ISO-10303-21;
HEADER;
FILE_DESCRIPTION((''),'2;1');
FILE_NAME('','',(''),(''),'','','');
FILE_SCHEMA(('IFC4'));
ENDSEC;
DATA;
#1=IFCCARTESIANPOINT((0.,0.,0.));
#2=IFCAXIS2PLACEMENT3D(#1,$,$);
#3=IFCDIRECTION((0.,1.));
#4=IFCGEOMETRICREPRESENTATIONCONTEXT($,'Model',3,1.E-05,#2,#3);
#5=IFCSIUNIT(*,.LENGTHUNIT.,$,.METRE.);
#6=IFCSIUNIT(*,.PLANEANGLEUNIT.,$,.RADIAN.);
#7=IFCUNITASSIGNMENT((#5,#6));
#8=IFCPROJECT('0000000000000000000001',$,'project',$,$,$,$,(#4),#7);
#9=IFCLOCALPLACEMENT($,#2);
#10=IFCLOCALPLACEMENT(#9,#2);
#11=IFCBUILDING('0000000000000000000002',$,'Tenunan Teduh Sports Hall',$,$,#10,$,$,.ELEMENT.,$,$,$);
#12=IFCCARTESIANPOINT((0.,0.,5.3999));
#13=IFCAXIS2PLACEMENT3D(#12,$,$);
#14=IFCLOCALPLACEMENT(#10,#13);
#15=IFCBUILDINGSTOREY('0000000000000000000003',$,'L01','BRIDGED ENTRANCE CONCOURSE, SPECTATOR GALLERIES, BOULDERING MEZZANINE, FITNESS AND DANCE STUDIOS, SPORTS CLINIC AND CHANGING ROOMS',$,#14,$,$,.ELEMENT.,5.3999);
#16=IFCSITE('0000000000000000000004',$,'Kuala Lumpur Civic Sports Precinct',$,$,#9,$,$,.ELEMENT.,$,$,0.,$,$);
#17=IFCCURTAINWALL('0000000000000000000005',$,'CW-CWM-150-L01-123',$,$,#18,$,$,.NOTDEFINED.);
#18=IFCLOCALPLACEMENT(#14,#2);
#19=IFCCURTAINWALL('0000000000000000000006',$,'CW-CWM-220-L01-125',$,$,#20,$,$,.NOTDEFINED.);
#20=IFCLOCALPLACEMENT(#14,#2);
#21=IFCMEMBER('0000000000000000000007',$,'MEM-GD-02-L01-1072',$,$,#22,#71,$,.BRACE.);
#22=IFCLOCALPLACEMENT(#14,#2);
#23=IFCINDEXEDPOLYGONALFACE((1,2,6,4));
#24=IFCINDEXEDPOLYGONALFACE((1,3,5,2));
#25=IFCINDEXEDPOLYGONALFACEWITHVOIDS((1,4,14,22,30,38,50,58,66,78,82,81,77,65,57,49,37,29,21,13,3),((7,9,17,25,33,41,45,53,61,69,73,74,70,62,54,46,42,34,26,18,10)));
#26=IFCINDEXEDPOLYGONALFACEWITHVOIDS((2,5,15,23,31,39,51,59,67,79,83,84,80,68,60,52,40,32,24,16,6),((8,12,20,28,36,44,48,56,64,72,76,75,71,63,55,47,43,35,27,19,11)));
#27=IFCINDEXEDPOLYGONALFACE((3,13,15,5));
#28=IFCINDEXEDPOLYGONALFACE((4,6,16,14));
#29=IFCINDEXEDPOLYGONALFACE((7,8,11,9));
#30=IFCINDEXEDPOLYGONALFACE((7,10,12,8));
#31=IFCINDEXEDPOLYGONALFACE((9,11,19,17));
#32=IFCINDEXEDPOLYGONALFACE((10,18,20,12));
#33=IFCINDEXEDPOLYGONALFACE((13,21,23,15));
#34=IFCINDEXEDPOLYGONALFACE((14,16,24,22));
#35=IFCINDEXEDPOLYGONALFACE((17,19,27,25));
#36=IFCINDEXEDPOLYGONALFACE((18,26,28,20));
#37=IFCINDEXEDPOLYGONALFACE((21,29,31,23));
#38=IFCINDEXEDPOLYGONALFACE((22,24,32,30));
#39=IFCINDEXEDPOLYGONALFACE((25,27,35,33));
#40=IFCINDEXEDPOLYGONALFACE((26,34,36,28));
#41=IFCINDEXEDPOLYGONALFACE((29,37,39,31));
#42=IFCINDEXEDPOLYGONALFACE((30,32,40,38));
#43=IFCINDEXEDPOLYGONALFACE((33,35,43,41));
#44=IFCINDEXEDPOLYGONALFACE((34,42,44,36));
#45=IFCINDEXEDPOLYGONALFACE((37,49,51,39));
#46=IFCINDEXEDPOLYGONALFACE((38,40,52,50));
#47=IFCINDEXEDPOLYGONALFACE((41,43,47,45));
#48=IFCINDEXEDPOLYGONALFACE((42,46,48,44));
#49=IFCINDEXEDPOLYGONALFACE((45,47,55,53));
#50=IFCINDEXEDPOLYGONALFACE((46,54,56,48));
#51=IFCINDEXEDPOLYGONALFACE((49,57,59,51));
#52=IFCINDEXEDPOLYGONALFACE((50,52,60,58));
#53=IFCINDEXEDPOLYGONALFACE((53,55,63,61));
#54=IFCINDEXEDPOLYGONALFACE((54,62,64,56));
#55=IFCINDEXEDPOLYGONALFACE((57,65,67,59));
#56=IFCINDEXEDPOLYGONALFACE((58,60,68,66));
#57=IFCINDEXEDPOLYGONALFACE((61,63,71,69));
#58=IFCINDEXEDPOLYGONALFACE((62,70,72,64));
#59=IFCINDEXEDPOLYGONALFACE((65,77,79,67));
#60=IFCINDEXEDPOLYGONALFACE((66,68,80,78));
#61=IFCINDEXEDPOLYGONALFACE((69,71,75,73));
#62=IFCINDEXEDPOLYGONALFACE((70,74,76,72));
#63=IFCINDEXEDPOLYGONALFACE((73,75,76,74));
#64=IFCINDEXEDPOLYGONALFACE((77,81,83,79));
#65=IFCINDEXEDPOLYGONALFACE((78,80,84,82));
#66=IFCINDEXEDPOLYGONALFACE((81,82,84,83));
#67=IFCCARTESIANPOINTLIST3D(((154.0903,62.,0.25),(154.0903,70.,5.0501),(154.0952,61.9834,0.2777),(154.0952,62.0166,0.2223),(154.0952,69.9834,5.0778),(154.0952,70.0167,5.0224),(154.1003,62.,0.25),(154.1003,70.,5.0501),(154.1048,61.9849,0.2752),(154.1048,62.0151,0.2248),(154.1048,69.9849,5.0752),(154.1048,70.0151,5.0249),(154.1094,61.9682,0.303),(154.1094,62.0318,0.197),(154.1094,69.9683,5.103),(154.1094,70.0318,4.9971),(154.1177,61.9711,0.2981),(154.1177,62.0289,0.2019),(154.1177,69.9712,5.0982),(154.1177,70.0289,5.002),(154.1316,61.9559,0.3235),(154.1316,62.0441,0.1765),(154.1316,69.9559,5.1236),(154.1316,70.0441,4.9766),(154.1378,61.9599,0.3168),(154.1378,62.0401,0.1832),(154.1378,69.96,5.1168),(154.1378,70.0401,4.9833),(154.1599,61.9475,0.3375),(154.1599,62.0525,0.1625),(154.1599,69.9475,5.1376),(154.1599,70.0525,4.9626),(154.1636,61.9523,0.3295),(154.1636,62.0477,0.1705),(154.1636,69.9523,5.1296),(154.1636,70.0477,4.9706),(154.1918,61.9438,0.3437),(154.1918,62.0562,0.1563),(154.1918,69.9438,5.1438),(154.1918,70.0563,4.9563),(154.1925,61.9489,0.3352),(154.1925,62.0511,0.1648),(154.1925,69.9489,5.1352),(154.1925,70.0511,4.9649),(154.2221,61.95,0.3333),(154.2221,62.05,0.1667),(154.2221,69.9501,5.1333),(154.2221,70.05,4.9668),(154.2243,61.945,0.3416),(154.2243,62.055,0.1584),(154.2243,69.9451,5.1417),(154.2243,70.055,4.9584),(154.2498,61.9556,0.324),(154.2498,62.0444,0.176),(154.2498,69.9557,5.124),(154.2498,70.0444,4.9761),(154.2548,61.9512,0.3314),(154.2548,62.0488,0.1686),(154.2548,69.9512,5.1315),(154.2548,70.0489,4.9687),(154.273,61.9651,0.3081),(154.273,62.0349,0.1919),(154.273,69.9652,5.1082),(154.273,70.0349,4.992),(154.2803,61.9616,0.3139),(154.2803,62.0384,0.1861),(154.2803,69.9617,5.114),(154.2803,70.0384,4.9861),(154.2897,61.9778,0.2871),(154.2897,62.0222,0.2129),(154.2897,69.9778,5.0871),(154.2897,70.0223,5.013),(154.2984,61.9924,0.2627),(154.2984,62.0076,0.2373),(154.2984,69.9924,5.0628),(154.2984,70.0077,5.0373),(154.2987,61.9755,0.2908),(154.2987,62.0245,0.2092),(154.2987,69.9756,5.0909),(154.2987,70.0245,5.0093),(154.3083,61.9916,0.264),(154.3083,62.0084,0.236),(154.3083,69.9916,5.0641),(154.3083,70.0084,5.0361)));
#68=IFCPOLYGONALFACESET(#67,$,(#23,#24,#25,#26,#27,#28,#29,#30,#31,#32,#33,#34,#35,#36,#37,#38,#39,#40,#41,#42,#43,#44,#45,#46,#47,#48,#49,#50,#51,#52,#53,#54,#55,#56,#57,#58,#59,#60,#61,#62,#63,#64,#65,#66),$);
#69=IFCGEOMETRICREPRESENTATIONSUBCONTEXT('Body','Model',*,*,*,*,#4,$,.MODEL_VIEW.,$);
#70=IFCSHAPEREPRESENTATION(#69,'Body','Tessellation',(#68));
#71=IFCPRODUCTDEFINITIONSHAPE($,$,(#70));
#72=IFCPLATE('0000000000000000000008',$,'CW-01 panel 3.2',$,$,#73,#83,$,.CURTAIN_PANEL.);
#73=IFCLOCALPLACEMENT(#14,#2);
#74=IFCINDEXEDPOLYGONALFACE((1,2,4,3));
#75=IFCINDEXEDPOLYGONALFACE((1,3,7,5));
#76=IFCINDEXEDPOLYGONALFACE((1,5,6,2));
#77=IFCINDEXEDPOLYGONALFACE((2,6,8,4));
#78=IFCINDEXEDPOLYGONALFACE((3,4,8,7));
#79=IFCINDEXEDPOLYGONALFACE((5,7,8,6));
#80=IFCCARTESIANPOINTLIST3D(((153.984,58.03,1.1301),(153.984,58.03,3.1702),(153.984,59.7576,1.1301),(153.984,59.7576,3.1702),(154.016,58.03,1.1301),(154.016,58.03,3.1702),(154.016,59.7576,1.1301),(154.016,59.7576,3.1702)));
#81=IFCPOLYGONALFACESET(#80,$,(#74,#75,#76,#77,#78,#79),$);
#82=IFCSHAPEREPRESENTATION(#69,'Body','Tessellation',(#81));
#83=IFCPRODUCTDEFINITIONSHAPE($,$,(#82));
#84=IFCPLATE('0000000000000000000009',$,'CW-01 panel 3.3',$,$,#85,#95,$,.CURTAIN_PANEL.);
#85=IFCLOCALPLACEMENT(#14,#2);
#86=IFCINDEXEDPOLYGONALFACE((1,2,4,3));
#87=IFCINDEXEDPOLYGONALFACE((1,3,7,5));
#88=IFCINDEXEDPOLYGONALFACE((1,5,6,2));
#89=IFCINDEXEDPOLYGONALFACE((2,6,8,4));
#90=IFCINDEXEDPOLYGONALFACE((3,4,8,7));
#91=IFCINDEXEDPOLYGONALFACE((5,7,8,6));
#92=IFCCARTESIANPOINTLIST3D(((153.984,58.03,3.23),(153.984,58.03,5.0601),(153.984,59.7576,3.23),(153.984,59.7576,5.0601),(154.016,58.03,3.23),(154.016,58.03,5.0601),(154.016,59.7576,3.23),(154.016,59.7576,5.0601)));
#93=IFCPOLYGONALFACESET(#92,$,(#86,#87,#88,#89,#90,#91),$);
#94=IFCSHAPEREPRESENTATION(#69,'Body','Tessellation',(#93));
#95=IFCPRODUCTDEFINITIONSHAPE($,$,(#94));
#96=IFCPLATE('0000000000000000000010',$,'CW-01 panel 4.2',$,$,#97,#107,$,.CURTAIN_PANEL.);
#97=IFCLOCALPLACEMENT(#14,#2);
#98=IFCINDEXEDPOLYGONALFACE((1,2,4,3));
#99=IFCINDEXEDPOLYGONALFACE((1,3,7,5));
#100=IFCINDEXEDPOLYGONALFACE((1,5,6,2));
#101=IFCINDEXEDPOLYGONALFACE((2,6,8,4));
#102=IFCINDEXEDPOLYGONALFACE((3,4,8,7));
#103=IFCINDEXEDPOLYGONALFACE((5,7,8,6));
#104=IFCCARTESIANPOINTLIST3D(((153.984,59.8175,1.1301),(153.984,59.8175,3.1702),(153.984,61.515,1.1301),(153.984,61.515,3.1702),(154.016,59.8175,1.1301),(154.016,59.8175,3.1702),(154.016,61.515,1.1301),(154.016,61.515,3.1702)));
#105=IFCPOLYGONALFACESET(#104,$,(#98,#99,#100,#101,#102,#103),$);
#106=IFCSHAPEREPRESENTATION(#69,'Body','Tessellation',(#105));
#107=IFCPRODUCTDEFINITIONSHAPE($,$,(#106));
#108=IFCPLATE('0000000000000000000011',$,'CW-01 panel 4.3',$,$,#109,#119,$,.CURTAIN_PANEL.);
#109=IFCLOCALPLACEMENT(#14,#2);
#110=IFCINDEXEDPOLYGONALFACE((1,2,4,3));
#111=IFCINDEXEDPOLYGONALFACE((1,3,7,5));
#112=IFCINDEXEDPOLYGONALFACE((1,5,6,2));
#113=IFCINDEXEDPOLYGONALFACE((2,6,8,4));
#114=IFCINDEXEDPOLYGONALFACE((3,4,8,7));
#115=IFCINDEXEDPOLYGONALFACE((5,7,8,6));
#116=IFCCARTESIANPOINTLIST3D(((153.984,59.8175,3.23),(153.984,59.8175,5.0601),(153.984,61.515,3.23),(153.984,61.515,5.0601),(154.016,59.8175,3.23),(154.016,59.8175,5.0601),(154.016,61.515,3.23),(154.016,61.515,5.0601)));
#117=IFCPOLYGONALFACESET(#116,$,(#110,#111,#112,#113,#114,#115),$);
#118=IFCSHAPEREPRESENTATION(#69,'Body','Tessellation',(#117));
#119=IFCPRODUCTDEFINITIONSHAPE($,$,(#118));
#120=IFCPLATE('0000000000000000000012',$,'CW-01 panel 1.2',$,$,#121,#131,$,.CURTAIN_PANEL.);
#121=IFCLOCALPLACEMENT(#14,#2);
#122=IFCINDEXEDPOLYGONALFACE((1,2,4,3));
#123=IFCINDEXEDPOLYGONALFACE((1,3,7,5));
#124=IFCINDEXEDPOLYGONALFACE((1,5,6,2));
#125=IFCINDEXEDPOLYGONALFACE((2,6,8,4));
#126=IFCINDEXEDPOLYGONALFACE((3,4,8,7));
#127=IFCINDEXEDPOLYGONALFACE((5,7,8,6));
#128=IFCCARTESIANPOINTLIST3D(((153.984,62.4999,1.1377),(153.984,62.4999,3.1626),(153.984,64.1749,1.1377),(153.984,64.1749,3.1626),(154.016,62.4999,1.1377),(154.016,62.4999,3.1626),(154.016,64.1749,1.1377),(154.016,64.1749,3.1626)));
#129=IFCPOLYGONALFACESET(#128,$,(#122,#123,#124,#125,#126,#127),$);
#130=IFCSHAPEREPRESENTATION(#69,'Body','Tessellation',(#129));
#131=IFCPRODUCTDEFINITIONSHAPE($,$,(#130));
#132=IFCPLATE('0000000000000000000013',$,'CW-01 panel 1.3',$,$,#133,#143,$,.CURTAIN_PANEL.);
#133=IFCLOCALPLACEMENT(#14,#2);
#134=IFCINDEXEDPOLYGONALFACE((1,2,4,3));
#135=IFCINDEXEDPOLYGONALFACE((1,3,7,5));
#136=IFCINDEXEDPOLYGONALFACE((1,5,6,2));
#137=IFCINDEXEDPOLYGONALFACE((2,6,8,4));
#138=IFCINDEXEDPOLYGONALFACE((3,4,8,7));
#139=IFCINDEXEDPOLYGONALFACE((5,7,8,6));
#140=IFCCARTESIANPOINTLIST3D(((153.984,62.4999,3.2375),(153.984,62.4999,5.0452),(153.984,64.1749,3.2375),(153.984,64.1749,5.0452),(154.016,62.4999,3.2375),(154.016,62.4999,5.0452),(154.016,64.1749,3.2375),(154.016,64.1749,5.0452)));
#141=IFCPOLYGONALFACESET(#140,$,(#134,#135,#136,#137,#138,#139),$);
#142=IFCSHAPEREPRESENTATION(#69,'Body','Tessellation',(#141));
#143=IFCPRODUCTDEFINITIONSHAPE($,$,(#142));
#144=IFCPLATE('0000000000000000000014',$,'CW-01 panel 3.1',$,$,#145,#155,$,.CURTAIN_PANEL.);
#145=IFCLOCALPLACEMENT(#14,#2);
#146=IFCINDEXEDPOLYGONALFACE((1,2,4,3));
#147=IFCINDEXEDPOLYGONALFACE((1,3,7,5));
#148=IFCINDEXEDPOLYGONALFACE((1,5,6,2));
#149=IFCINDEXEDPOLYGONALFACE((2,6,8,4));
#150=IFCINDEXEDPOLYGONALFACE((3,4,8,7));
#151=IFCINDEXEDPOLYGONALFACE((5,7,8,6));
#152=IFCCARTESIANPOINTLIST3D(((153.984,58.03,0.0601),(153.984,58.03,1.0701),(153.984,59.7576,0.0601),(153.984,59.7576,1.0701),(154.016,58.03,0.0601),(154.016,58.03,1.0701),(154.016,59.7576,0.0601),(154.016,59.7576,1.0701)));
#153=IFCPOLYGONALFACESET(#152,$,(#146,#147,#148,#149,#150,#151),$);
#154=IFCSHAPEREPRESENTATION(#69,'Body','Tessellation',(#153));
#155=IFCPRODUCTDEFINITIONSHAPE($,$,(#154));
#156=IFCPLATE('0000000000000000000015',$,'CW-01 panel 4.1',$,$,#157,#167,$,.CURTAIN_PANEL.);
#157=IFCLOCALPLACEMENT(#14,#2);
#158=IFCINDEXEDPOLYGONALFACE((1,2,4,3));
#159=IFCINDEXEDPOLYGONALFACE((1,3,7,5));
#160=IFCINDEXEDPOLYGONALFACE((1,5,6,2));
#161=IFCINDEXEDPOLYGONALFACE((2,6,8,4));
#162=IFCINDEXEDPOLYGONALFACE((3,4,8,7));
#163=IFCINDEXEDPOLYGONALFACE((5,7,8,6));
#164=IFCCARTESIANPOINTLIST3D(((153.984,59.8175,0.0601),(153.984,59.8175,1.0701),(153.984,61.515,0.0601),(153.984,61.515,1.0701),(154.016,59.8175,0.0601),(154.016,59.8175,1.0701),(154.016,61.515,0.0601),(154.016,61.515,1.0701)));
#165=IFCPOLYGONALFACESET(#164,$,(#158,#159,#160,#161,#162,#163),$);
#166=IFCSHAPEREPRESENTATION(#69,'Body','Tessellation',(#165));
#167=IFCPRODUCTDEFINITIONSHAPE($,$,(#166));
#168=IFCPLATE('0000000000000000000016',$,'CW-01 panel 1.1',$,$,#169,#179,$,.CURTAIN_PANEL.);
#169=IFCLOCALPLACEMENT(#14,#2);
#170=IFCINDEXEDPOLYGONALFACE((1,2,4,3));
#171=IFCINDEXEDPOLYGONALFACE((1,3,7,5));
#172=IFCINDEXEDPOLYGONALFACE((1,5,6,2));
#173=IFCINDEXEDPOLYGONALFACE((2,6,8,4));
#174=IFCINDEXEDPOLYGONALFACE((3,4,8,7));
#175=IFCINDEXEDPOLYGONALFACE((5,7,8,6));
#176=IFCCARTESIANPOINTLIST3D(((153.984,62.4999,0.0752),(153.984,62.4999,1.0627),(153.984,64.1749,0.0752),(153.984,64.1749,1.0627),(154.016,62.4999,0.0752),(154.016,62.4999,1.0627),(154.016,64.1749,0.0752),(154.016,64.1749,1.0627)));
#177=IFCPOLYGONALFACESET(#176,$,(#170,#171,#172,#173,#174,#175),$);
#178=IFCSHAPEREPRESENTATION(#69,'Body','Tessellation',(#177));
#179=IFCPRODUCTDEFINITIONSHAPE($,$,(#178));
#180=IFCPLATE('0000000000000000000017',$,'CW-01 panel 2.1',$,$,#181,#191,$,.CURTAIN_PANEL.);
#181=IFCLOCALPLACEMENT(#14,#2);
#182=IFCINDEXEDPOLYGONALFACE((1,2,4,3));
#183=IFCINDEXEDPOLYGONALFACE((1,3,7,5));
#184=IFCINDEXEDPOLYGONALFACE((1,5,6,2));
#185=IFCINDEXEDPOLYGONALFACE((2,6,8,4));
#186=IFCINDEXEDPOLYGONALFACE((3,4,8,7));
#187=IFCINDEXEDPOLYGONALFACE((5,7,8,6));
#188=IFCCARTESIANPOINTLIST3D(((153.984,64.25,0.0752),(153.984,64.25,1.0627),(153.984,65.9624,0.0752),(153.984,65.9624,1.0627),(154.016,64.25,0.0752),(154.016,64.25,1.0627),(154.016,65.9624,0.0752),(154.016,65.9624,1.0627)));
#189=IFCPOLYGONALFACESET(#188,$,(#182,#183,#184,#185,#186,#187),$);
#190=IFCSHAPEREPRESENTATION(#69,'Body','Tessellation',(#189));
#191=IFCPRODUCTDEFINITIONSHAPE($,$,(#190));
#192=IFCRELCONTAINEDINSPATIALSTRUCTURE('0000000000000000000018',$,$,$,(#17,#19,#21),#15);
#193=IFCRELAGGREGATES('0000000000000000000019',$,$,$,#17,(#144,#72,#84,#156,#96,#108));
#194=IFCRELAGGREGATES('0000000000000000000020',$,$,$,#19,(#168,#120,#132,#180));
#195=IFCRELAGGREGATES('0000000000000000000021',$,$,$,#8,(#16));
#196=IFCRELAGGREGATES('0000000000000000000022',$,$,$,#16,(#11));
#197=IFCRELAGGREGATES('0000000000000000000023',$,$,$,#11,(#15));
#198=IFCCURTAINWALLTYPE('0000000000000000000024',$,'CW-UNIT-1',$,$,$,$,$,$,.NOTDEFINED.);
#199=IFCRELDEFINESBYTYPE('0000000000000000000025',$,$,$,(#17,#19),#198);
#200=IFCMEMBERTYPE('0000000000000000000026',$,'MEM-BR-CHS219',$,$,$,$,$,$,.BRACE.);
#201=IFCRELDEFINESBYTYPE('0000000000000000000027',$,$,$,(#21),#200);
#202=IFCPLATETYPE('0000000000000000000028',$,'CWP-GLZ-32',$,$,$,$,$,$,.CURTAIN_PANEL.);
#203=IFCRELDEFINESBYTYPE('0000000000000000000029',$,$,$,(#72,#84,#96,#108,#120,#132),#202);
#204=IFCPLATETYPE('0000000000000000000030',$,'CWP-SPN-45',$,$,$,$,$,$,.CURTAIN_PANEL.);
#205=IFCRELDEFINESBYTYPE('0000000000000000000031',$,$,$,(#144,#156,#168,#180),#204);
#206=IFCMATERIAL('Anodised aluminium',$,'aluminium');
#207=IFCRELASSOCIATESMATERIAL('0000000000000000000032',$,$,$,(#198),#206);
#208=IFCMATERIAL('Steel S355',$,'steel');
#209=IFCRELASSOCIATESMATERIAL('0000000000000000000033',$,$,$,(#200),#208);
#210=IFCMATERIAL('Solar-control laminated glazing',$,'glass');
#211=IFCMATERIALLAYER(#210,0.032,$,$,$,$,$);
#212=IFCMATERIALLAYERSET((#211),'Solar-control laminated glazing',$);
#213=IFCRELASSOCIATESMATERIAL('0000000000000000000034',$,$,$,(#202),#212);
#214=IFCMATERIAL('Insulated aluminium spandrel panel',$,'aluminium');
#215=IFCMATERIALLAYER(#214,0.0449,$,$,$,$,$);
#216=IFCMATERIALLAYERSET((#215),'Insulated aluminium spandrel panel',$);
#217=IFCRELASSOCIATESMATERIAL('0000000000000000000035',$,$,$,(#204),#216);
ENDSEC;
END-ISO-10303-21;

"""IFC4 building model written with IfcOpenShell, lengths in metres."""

from ifc_helpers import new_model, si_unit, direction, frame, origin, origin_2d, place, context, subcontext, project, spatial, rectangle, hollow_circle, extrude, material, layer, layer_set, material_profile, profile_set, type_object, element, aggregate, save


model = new_model("IFC4")

# Units and contexts
model_context = context("Model", 3, precision=1e-05, world=origin(), true_north=direction((0.0, 1.0)))
body_context = subcontext(model_context, "Body", "Model", "MODEL_VIEW")
ifc_project = project(units=[si_unit("LENGTHUNIT", "METRE"), si_unit("PLANEANGLEUNIT", "RADIAN")], contexts=[model_context])

# Site, building, storey
site_placement = place(None, origin())
site = spatial("IfcSite", under=ifc_project, at=site_placement, Name="Kuala Lumpur Civic Sports Precinct", CompositionType="ELEMENT", RefElevation=0.0)
building_placement = place(site_placement, origin())
building = spatial("IfcBuilding", under=site, at=building_placement, Name="Tenunan Teduh Sports Hall", CompositionType="ELEMENT")
storey_placement = place(building_placement, frame((0.0, 0.0, 5.3999)))
storey = spatial("IfcBuildingStorey", under=building, at=storey_placement, Name="L01", Description="BRIDGED ENTRANCE CONCOURSE, SPECTATOR GALLERIES, BOULDERING MEZZANINE, FITNESS AND DANCE STUDIOS, SPORTS CLINIC AND CHANGING ROOMS", CompositionType="ELEMENT", Elevation=5.3999)

# Curtain walls
ifc_material_1 = material(Name="Anodised aluminium", Category="aluminium")
curtain_wall_type = type_object("IfcCurtainWallType", Name="CW-UNIT-1", PredefinedType="NOTDEFINED", material=ifc_material_1)
curtain_wall_1_placement = place(storey_placement, origin())
curtain_wall_1 = element("IfcCurtainWall", 1, at=curtain_wall_1_placement, inside=storey, type_object=curtain_wall_type, Name="CW-CWM-150-L01-123", PredefinedType="NOTDEFINED")
curtain_wall_2_placement = place(storey_placement, origin())
curtain_wall_2 = element("IfcCurtainWall", 2, at=curtain_wall_2_placement, inside=storey, type_object=curtain_wall_type, Name="CW-CWM-220-L01-125", PredefinedType="NOTDEFINED")

# Member
ifc_material_2 = material(Name="Steel S355", Category="steel")
ifc_material_profile_1 = material_profile(ifc_material_2, hollow_circle(Radius=0.1096, WallThickness=0.01, at=origin_2d()), Name="CHS 219.1x10.0")
ifc_profile_set_1 = profile_set([ifc_material_profile_1], Name="Steel S355")
member_type_1 = type_object("IfcMemberType", Name="MEM-BR-CHS219", PredefinedType="BRACE", material=ifc_profile_set_1)
member_1_placement = place(storey_placement, frame((154.2, 62.0, 0.25), z_axis=(0.0, 0.857491, 0.5145), x_axis=(-1.0, 0.0, 0.0)))
element("IfcMember", 3, at=member_1_placement, inside=storey, type_object=member_type_1, Name="MEM-GD-02-L01-1072", PredefinedType="BRACE", context=body_context, shape_type="SweptSolid", body=[
    extrude(hollow_circle(Radius=0.1096, WallThickness=0.01, at=origin_2d()), origin(), (0.0, 0.0, 1.0), 9.3296),
])

# Plates
ifc_material_3 = material(Name="Solar-control laminated glazing", Category="glass")
ifc_layer_1 = layer(ifc_material_3, 0.032)
ifc_layer_set_1 = layer_set([ifc_layer_1], Name="Solar-control laminated glazing")
plate_type_1 = type_object("IfcPlateType", Name="CWP-GLZ-32", PredefinedType="CURTAIN_PANEL", material=ifc_layer_set_1)
plate_1_placement = place(storey_placement, frame((154.0, 58.8938, 1.1301), z_axis=(0.0, 0.0, 1.0), x_axis=(0.0, 1.0, 0.0)))
plate_1 = element("IfcPlate", 4, at=plate_1_placement, type_object=plate_type_1, Name="CW-01 panel 3.2", PredefinedType="CURTAIN_PANEL", context=body_context, shape_type="SweptSolid", body=[
    extrude(rectangle(XDim=1.7275, YDim=0.032, at=origin_2d()), origin(), (0.0, 0.0, 1.0), 2.04),
])
plate_2_placement = place(storey_placement, frame((154.0, 58.8938, 3.23), z_axis=(0.0, 0.0, 1.0), x_axis=(0.0, 1.0, 0.0)))
plate_2 = element("IfcPlate", 5, at=plate_2_placement, type_object=plate_type_1, Name="CW-01 panel 3.3", PredefinedType="CURTAIN_PANEL", context=body_context, shape_type="SweptSolid", body=[
    extrude(rectangle(XDim=1.7275, YDim=0.032, at=origin_2d()), origin(), (0.0, 0.0, 1.0), 1.8301),
])
plate_3_placement = place(storey_placement, frame((154.0, 60.6663, 1.1301), z_axis=(0.0, 0.0, 1.0), x_axis=(0.0, 1.0, 0.0)))
plate_3 = element("IfcPlate", 6, at=plate_3_placement, type_object=plate_type_1, Name="CW-01 panel 4.2", PredefinedType="CURTAIN_PANEL", context=body_context, shape_type="SweptSolid", body=[
    extrude(rectangle(XDim=1.6975, YDim=0.032, at=origin_2d()), origin(), (0.0, 0.0, 1.0), 2.04),
])
plate_4_placement = place(storey_placement, frame((154.0, 60.6663, 3.23), z_axis=(0.0, 0.0, 1.0), x_axis=(0.0, 1.0, 0.0)))
plate_4 = element("IfcPlate", 7, at=plate_4_placement, type_object=plate_type_1, Name="CW-01 panel 4.3", PredefinedType="CURTAIN_PANEL", context=body_context, shape_type="SweptSolid", body=[
    extrude(rectangle(XDim=1.6975, YDim=0.032, at=origin_2d()), origin(), (0.0, 0.0, 1.0), 1.8301),
])
plate_5_placement = place(storey_placement, frame((154.0, 63.3374, 1.1377), z_axis=(0.0, 0.0, 1.0), x_axis=(0.0, 1.0, 0.0)))
plate_5 = element("IfcPlate", 8, at=plate_5_placement, type_object=plate_type_1, Name="CW-01 panel 1.2", PredefinedType="CURTAIN_PANEL", context=body_context, shape_type="SweptSolid", body=[
    extrude(rectangle(XDim=1.675, YDim=0.032, at=origin_2d()), origin(), (0.0, 0.0, 1.0), 2.0249),
])
plate_6_placement = place(storey_placement, frame((154.0, 63.3374, 3.2375), z_axis=(0.0, 0.0, 1.0), x_axis=(0.0, 1.0, 0.0)))
plate_6 = element("IfcPlate", 9, at=plate_6_placement, type_object=plate_type_1, Name="CW-01 panel 1.3", PredefinedType="CURTAIN_PANEL", context=body_context, shape_type="SweptSolid", body=[
    extrude(rectangle(XDim=1.675, YDim=0.032, at=origin_2d()), origin(), (0.0, 0.0, 1.0), 1.8076),
])
ifc_material_4 = material(Name="Insulated aluminium spandrel panel", Category="aluminium")
ifc_layer_2 = layer(ifc_material_4, 0.0449)
ifc_layer_set_2 = layer_set([ifc_layer_2], Name="Insulated aluminium spandrel panel")
plate_type_2 = type_object("IfcPlateType", Name="CWP-SPN-45", PredefinedType="CURTAIN_PANEL", material=ifc_layer_set_2)
plate_7_placement = place(storey_placement, frame((154.0, 58.8938, 0.0601), z_axis=(0.0, 0.0, 1.0), x_axis=(0.0, 1.0, 0.0)))
plate_7 = element("IfcPlate", 10, at=plate_7_placement, type_object=plate_type_2, Name="CW-01 panel 3.1", PredefinedType="CURTAIN_PANEL", context=body_context, shape_type="SweptSolid", body=[
    extrude(rectangle(XDim=1.7275, YDim=0.032, at=origin_2d()), origin(), (0.0, 0.0, 1.0), 1.01),
])
plate_8_placement = place(storey_placement, frame((154.0, 60.6663, 0.0601), z_axis=(0.0, 0.0, 1.0), x_axis=(0.0, 1.0, 0.0)))
plate_8 = element("IfcPlate", 11, at=plate_8_placement, type_object=plate_type_2, Name="CW-01 panel 4.1", PredefinedType="CURTAIN_PANEL", context=body_context, shape_type="SweptSolid", body=[
    extrude(rectangle(XDim=1.6975, YDim=0.032, at=origin_2d()), origin(), (0.0, 0.0, 1.0), 1.01),
])
aggregate(curtain_wall_1, [plate_7, plate_1, plate_2, plate_8, plate_3, plate_4])
plate_9_placement = place(storey_placement, frame((154.0, 63.3374, 0.0752), z_axis=(0.0, 0.0, 1.0), x_axis=(0.0, 1.0, 0.0)))
plate_9 = element("IfcPlate", 12, at=plate_9_placement, type_object=plate_type_2, Name="CW-01 panel 1.1", PredefinedType="CURTAIN_PANEL", context=body_context, shape_type="SweptSolid", body=[
    extrude(rectangle(XDim=1.675, YDim=0.032, at=origin_2d()), origin(), (0.0, 0.0, 1.0), 0.9875),
])
plate_10_placement = place(storey_placement, frame((154.0, 65.1062, 0.0752), z_axis=(0.0, 0.0, 1.0), x_axis=(0.0, 1.0, 0.0)))
plate_10 = element("IfcPlate", 13, at=plate_10_placement, type_object=plate_type_2, Name="CW-01 panel 2.1", PredefinedType="CURTAIN_PANEL", context=body_context, shape_type="SweptSolid", body=[
    extrude(rectangle(XDim=1.7124, YDim=0.032, at=origin_2d()), origin(), (0.0, 0.0, 1.0), 0.9875),
])
aggregate(curtain_wall_2, [plate_9, plate_5, plate_6, plate_10])

save(model, "model.ifc")
